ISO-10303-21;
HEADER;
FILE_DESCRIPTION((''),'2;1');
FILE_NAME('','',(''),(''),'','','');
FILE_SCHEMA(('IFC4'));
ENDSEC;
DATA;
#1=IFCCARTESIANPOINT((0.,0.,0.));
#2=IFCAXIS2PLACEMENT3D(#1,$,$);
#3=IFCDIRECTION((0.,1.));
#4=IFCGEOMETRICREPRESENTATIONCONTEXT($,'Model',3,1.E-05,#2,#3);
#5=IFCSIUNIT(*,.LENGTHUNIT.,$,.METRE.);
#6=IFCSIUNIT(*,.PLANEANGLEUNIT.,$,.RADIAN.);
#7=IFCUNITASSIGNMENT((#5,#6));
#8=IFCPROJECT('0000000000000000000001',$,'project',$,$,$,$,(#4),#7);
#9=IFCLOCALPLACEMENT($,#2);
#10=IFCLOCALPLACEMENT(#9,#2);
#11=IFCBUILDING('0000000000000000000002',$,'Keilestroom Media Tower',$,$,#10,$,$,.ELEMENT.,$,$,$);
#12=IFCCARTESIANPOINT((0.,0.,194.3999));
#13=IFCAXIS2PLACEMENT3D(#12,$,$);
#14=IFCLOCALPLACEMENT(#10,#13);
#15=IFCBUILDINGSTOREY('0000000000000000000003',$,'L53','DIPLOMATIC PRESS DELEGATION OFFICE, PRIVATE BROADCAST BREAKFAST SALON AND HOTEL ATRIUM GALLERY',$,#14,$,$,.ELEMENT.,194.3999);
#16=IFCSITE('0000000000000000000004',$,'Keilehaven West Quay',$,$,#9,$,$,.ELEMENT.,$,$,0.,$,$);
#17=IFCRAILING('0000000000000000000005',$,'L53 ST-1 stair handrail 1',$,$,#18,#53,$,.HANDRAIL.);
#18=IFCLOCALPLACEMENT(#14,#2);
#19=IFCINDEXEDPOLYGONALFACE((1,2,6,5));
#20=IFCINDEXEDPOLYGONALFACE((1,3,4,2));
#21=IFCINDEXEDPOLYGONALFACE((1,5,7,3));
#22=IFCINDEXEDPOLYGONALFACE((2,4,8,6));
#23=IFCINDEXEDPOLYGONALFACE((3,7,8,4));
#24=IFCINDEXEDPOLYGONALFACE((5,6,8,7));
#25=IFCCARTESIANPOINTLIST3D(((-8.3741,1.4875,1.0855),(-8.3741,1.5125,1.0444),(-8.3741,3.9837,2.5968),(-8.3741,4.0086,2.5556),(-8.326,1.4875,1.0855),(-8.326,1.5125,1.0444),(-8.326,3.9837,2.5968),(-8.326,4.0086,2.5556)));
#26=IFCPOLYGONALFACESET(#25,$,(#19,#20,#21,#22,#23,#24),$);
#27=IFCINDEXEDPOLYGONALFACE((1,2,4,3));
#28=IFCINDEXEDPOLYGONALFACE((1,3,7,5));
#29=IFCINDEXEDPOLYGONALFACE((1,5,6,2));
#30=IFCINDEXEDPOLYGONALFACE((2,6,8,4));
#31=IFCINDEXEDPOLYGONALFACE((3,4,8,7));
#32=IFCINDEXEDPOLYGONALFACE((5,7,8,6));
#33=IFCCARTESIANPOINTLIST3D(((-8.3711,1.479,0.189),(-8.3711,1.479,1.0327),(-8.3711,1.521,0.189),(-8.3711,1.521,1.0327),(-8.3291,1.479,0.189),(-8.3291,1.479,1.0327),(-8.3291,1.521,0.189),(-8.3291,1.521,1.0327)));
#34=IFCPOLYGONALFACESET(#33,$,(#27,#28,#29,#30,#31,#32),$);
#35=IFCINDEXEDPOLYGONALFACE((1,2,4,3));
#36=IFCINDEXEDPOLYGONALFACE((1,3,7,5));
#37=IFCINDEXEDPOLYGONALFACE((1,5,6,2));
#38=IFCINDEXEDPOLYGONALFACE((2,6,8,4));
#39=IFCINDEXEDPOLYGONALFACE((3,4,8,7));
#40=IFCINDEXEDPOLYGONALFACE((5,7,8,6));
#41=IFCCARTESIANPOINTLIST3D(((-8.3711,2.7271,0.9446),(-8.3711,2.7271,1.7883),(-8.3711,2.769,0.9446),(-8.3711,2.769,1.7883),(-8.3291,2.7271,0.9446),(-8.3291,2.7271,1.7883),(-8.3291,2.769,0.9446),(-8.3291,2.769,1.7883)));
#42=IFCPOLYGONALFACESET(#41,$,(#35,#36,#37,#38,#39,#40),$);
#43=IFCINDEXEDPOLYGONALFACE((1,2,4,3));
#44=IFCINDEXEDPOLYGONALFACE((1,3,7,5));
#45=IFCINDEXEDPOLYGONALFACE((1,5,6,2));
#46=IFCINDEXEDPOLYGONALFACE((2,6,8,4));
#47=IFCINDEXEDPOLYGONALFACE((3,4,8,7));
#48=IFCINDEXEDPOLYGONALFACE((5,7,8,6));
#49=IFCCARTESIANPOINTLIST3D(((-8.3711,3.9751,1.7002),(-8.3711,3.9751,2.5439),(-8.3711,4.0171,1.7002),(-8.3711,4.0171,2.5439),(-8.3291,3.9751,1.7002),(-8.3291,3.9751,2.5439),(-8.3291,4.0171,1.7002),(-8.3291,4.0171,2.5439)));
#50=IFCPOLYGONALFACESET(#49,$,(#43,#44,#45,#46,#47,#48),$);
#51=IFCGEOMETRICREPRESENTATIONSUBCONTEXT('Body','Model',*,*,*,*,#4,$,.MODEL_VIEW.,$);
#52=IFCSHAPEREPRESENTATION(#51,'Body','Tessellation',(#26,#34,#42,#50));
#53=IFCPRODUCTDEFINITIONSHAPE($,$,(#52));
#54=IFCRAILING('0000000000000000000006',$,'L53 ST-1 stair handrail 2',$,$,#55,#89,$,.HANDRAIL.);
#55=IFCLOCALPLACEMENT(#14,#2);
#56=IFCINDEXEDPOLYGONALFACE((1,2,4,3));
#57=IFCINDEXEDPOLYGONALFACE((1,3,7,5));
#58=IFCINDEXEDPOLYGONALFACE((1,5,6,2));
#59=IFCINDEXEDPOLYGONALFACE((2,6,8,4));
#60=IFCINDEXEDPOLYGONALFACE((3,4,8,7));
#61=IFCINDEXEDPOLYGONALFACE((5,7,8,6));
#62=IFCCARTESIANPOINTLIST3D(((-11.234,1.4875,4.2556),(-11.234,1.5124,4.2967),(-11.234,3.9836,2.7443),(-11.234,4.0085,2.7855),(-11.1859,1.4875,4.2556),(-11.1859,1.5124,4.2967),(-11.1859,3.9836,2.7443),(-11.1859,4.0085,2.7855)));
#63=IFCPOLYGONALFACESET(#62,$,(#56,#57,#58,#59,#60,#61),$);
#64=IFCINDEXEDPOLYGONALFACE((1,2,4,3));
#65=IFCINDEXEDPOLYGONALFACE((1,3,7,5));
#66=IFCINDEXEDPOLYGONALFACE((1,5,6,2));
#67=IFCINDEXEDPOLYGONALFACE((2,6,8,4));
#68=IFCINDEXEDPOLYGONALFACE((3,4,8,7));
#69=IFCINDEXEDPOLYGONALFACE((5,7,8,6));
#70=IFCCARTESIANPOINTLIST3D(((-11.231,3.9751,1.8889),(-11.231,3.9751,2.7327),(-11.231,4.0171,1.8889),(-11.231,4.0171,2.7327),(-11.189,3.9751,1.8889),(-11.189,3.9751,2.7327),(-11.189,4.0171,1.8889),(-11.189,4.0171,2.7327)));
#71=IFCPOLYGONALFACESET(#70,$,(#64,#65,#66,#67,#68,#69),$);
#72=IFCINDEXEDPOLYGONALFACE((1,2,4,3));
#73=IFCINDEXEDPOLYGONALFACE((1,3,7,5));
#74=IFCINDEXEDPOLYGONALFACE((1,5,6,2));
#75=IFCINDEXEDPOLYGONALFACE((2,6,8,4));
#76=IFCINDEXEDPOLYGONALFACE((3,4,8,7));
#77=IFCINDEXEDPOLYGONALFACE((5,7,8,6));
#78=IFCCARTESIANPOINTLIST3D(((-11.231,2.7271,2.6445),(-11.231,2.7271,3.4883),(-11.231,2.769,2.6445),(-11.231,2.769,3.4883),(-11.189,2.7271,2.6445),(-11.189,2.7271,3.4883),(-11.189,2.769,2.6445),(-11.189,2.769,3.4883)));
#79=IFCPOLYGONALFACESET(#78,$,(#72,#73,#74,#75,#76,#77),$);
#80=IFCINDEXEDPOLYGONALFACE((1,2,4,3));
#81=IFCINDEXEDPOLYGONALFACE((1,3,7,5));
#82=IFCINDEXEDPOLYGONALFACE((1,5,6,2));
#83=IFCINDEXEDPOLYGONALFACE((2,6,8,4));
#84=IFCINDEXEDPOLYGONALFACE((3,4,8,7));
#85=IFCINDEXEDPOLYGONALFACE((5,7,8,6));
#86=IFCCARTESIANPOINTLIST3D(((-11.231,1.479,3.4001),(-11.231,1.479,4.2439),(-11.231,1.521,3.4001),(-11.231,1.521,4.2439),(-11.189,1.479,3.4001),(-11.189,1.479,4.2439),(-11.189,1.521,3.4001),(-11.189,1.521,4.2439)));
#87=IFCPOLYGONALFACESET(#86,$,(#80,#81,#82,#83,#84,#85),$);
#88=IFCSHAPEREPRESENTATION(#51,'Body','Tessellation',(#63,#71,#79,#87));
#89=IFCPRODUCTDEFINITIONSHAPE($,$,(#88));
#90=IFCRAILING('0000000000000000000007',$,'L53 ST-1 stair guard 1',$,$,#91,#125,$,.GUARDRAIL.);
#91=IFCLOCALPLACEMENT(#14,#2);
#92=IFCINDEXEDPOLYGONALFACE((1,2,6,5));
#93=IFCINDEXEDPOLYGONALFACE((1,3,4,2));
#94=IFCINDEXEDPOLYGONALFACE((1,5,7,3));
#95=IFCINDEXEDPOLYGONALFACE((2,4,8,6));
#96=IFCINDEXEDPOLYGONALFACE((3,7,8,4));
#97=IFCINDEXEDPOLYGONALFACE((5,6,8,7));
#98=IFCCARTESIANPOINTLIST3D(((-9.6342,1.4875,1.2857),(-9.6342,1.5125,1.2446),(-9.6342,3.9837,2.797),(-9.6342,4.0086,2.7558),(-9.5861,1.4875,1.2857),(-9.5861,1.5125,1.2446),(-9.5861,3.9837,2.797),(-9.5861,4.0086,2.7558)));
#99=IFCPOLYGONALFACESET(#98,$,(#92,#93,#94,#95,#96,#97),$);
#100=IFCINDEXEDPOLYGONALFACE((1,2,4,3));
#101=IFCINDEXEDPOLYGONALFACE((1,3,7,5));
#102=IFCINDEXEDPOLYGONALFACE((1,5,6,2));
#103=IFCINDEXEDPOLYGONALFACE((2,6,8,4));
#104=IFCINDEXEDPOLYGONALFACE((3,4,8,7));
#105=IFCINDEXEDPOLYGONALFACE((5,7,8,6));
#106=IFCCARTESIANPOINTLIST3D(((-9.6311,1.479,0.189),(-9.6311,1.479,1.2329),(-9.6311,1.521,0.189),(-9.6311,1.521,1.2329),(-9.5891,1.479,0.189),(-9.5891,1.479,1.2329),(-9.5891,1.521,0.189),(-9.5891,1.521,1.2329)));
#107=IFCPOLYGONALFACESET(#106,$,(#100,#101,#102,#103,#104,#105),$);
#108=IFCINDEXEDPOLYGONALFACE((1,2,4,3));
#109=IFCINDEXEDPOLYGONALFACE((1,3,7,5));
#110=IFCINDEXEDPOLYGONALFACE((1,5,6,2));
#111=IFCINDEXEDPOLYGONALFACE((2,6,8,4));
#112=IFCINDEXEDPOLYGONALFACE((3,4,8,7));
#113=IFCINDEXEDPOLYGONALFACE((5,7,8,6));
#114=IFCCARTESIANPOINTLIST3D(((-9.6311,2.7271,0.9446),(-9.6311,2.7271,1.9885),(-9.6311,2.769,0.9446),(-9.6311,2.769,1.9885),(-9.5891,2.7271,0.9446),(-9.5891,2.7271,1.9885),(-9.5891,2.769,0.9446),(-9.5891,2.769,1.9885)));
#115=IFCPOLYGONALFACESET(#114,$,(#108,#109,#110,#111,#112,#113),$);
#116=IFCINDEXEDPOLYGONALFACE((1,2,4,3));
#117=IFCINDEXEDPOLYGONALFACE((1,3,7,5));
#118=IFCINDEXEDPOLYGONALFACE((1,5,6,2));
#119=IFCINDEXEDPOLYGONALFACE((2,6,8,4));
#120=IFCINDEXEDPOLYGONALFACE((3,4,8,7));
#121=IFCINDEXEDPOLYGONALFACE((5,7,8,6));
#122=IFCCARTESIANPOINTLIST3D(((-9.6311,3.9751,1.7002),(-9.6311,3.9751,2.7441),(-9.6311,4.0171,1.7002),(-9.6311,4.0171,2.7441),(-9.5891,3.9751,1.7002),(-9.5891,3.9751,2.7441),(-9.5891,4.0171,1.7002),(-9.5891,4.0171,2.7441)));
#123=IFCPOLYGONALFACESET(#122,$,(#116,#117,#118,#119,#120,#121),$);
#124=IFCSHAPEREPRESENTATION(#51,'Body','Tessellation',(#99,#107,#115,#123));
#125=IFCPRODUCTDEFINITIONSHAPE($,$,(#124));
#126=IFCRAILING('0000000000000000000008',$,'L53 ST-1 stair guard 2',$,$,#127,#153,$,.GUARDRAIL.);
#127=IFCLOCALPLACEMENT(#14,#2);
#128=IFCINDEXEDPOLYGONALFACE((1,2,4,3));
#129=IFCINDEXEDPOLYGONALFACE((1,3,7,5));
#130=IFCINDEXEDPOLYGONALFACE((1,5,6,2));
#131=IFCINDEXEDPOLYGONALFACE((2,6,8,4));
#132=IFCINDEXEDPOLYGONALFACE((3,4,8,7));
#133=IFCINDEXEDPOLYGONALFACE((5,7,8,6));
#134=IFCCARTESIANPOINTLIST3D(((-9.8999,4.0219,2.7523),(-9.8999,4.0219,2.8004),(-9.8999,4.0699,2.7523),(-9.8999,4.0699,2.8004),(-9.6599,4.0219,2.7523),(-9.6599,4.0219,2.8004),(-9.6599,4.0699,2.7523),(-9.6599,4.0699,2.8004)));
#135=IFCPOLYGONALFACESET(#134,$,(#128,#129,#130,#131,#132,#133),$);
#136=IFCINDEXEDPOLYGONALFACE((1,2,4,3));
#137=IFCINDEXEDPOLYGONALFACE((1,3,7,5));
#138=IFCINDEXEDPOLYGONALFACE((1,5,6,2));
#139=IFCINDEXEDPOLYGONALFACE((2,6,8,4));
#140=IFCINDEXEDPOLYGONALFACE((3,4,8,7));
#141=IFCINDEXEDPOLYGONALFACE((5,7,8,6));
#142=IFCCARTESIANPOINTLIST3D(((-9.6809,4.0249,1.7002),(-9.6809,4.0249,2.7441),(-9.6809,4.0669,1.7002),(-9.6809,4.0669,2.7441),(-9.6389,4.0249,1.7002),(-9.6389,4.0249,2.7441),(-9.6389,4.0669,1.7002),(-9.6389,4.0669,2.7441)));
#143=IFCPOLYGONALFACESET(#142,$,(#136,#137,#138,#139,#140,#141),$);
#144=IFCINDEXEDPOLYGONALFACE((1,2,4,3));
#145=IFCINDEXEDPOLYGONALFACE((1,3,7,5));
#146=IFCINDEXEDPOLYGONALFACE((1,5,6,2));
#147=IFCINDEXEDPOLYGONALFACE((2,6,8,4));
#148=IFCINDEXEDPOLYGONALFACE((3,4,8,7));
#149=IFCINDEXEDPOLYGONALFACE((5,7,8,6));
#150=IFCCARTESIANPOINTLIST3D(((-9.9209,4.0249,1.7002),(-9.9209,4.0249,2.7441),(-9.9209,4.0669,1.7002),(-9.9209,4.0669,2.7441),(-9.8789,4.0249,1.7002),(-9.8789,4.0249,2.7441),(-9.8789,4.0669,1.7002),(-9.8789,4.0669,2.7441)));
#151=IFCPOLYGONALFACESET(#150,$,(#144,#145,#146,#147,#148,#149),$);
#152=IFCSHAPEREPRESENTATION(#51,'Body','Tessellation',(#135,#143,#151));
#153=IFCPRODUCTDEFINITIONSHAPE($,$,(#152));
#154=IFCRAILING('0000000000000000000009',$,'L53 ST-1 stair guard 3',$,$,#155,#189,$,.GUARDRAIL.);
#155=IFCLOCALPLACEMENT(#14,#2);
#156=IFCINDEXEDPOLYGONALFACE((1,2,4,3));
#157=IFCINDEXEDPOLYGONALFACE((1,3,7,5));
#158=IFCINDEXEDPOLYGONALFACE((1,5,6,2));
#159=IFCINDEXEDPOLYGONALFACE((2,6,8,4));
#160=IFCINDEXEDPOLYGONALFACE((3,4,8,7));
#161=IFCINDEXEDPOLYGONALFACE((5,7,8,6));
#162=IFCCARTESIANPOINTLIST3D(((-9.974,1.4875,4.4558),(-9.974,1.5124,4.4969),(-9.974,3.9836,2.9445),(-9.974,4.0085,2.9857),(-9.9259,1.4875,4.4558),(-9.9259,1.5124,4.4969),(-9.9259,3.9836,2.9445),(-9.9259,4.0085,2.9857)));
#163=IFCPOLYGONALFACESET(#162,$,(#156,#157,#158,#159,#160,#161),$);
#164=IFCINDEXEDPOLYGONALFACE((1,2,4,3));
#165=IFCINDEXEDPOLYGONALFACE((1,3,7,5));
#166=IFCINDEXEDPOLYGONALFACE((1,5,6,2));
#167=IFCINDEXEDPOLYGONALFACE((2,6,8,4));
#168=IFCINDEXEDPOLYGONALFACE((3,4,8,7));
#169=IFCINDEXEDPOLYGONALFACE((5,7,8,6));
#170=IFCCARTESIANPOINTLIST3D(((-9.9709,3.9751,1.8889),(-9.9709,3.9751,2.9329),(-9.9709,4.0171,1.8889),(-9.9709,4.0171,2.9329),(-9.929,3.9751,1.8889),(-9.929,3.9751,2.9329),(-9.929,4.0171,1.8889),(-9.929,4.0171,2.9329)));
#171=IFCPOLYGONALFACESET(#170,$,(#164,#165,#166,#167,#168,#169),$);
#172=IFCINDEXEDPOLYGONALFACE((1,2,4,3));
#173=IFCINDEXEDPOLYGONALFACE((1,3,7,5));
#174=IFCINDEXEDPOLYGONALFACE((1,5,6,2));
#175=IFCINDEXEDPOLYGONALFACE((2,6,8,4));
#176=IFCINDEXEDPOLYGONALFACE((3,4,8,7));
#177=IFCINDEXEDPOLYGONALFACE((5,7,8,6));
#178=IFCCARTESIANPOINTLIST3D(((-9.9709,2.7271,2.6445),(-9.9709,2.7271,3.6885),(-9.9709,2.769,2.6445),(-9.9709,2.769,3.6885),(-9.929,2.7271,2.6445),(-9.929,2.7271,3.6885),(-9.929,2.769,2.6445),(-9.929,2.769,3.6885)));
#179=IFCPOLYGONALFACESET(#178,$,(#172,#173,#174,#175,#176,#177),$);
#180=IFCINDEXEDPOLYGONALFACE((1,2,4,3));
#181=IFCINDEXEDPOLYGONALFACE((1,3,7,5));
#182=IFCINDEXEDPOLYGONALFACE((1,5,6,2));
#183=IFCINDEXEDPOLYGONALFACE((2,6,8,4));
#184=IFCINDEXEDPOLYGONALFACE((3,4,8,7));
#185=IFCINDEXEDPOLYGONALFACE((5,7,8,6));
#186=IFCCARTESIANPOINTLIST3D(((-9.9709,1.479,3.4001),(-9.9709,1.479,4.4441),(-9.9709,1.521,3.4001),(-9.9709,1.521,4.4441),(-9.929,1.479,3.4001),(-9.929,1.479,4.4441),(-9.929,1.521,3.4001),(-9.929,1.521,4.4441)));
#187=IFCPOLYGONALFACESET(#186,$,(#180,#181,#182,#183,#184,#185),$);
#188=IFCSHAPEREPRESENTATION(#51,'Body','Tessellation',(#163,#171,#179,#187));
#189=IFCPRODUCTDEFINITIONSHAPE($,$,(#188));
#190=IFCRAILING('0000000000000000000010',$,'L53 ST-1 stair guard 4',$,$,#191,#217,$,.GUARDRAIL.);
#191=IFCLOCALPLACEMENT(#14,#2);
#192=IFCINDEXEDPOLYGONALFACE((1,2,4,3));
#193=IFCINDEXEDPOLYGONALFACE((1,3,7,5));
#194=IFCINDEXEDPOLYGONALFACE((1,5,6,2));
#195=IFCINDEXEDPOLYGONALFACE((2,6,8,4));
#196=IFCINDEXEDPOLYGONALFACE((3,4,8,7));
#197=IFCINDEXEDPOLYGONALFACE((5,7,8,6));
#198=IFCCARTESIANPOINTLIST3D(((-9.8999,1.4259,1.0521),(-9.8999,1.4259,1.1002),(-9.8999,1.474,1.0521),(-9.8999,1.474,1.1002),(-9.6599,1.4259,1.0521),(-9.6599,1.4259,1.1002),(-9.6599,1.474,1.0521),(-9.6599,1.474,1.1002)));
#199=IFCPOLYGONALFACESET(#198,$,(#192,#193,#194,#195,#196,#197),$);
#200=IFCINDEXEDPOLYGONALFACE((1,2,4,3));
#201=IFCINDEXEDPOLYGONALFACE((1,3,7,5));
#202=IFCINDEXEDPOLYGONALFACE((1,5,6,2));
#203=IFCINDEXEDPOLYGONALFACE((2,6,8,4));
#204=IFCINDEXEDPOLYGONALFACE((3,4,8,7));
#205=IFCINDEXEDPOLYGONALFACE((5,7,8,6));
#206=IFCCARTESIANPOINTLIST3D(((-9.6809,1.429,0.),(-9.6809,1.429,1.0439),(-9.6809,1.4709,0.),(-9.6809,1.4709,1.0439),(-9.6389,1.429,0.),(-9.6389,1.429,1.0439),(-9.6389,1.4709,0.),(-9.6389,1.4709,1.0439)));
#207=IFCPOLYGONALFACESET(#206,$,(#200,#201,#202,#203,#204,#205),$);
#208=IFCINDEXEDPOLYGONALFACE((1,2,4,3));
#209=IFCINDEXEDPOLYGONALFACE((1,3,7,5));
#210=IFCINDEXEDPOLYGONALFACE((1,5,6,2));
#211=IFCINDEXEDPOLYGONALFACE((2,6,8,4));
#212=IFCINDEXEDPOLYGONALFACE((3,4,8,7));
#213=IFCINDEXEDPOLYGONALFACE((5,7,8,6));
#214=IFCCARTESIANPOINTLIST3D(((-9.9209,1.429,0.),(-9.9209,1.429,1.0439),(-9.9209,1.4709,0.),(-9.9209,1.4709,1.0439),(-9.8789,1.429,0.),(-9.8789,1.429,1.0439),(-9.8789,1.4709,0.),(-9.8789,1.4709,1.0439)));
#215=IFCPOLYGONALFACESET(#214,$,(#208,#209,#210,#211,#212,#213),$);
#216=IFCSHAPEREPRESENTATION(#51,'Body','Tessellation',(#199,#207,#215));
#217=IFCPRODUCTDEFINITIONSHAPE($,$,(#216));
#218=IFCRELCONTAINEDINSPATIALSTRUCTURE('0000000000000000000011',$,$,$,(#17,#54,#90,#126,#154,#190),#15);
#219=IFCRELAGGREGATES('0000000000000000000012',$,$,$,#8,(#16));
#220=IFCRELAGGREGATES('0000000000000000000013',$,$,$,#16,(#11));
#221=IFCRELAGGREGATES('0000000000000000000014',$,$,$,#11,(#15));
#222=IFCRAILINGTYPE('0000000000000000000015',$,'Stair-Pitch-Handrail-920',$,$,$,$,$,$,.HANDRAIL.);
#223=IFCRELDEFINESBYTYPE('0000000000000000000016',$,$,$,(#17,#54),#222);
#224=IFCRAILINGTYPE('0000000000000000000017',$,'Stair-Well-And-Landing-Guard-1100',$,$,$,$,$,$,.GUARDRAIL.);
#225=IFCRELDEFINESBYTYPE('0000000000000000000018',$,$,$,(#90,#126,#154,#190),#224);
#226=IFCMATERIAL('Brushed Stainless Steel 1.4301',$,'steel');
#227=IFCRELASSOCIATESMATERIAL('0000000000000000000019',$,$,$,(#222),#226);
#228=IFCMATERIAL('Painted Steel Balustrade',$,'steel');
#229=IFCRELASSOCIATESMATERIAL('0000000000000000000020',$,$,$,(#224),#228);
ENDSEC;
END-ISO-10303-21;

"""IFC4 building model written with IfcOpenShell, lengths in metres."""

from ifc_helpers import new_model, si_unit, direction, frame, origin, origin_2d, place, context, subcontext, project, spatial, rectangle, extrude, material, type_object, element, save


model = new_model("IFC4")

# Units and contexts
model_context = context("Model", 3, precision=1e-05, world=origin(), true_north=direction((0.0, 1.0)))
body_context = subcontext(model_context, "Body", "Model", "MODEL_VIEW")
ifc_project = project(units=[si_unit("LENGTHUNIT", "METRE"), si_unit("PLANEANGLEUNIT", "RADIAN")], contexts=[model_context])

# Site, building, storey
site_placement = place(None, origin())
site = spatial("IfcSite", under=ifc_project, at=site_placement, Name="Keilehaven West Quay", CompositionType="ELEMENT", RefElevation=0.0)
building_placement = place(site_placement, origin())
building = spatial("IfcBuilding", under=site, at=building_placement, Name="Keilestroom Media Tower", CompositionType="ELEMENT")
storey_placement = place(building_placement, frame((0.0, 0.0, 194.3999)))
storey = spatial("IfcBuildingStorey", under=building, at=storey_placement, Name="L53", Description="DIPLOMATIC PRESS DELEGATION OFFICE, PRIVATE BROADCAST BREAKFAST SALON AND HOTEL ATRIUM GALLERY", CompositionType="ELEMENT", Elevation=194.3999)

# Railings
ifc_material_1 = material(Name="Brushed Stainless Steel 1.4301", Category="steel")
railing_type_1 = type_object("IfcRailingType", Name="Stair-Pitch-Handrail-920", PredefinedType="HANDRAIL", material=ifc_material_1)
railing_1_placement = place(storey_placement, frame((-8.3501, 1.5, 0.189)))
element("IfcRailing", 1, at=railing_1_placement, inside=storey, type_object=railing_type_1, Name="L53 ST-1 stair handrail 1", PredefinedType="HANDRAIL", context=body_context, shape_type="SweptSolid", body=[
    extrude(rectangle(XDim=0.0481, YDim=0.0481, at=origin_2d()), frame((0.0, 0.0, 0.876), z_axis=(0.0, 0.855434, 0.517912), x_axis=(-1.0, 0.0, 0.0)), (0.0, 0.0, 1.0), 2.918),
    extrude(rectangle(XDim=0.042, YDim=0.042, at=origin_2d()), origin(), (0.0, 0.0, 1.0), 0.8438),
    extrude(rectangle(XDim=0.042, YDim=0.042, at=origin_2d()), frame((0.0, 1.248, 0.7556)), (0.0, 0.0, 1.0), 0.8438),
    extrude(rectangle(XDim=0.042, YDim=0.042, at=origin_2d()), frame((0.0, 2.4961, 1.5112)), (0.0, 0.0, 1.0), 0.8438),
])
railing_2_placement = place(storey_placement, frame((-11.21, 3.9961, 1.8889)))
element("IfcRailing", 2, at=railing_2_placement, inside=storey, type_object=railing_type_1, Name="L53 ST-1 stair handrail 2", PredefinedType="HANDRAIL", context=body_context, shape_type="SweptSolid", body=[
    extrude(rectangle(XDim=0.0481, YDim=0.0481, at=origin_2d()), frame((0.0, 0.0, 0.876), z_axis=(0.0, -0.855434, 0.517912), x_axis=(1.0, 0.0, 0.0)), (0.0, 0.0, 1.0), 2.918),
    extrude(rectangle(XDim=0.042, YDim=0.042, at=origin_2d()), origin(), (0.0, 0.0, 1.0), 0.8438),
    extrude(rectangle(XDim=0.042, YDim=0.042, at=origin_2d()), frame((0.0, -1.248, 0.7556)), (0.0, 0.0, 1.0), 0.8438),
    extrude(rectangle(XDim=0.042, YDim=0.042, at=origin_2d()), frame((0.0, -2.4961, 1.5112)), (0.0, 0.0, 1.0), 0.8438),
])
ifc_material_2 = material(Name="Painted Steel Balustrade", Category="steel")
railing_type_2 = type_object("IfcRailingType", Name="Stair-Well-And-Landing-Guard-1100", PredefinedType="GUARDRAIL", material=ifc_material_2)
railing_3_placement = place(storey_placement, frame((-9.6101, 1.5, 0.189)))
element("IfcRailing", 3, at=railing_3_placement, inside=storey, type_object=railing_type_2, Name="L53 ST-1 stair guard 1", PredefinedType="GUARDRAIL", context=body_context, shape_type="SweptSolid", body=[
    extrude(rectangle(XDim=0.0481, YDim=0.0481, at=origin_2d()), frame((0.0, 0.0, 1.0762), z_axis=(0.0, 0.855434, 0.517912), x_axis=(-1.0, 0.0, 0.0)), (0.0, 0.0, 1.0), 2.918),
    extrude(rectangle(XDim=0.042, YDim=0.042, at=origin_2d()), origin(), (0.0, 0.0, 1.0), 1.0439),
    extrude(rectangle(XDim=0.042, YDim=0.042, at=origin_2d()), frame((0.0, 1.248, 0.7556)), (0.0, 0.0, 1.0), 1.0439),
    extrude(rectangle(XDim=0.042, YDim=0.042, at=origin_2d()), frame((0.0, 2.4961, 1.5112)), (0.0, 0.0, 1.0), 1.0439),
])
railing_4_placement = place(storey_placement, frame((-9.6599, 4.0459, 1.7002)))
element("IfcRailing", 4, at=railing_4_placement, inside=storey, type_object=railing_type_2, Name="L53 ST-1 stair guard 2", PredefinedType="GUARDRAIL", context=body_context, shape_type="SweptSolid", body=[
    extrude(rectangle(XDim=0.0481, YDim=0.0481, at=origin_2d()), frame((0.0, 0.0, 1.0762), z_axis=(-1.0, 0.0, 0.0), x_axis=(0.0, -1.0, 0.0)), (0.0, 0.0, 1.0), 0.24),
    extrude(rectangle(XDim=0.042, YDim=0.042, at=origin_2d()), origin(), (0.0, 0.0, 1.0), 1.0439),
    extrude(rectangle(XDim=0.042, YDim=0.042, at=origin_2d()), frame((-0.24, 0.0, 0.0)), (0.0, 0.0, 1.0), 1.0439),
])
railing_5_placement = place(storey_placement, frame((-9.95, 3.9961, 1.8889)))
element("IfcRailing", 5, at=railing_5_placement, inside=storey, type_object=railing_type_2, Name="L53 ST-1 stair guard 3", PredefinedType="GUARDRAIL", context=body_context, shape_type="SweptSolid", body=[
    extrude(rectangle(XDim=0.0481, YDim=0.0481, at=origin_2d()), frame((0.0, 0.0, 1.0762), z_axis=(0.0, -0.855434, 0.517912), x_axis=(1.0, 0.0, 0.0)), (0.0, 0.0, 1.0), 2.918),
    extrude(rectangle(XDim=0.042, YDim=0.042, at=origin_2d()), origin(), (0.0, 0.0, 1.0), 1.0439),
    extrude(rectangle(XDim=0.042, YDim=0.042, at=origin_2d()), frame((0.0, -1.248, 0.7556)), (0.0, 0.0, 1.0), 1.0439),
    extrude(rectangle(XDim=0.042, YDim=0.042, at=origin_2d()), frame((0.0, -2.4961, 1.5112)), (0.0, 0.0, 1.0), 1.0439),
])
railing_6_placement = place(storey_placement, frame((-9.6599, 1.45, 0.0)))
element("IfcRailing", 6, at=railing_6_placement, inside=storey, type_object=railing_type_2, Name="L53 ST-1 stair guard 4", PredefinedType="GUARDRAIL", context=body_context, shape_type="SweptSolid", body=[
    extrude(rectangle(XDim=0.0481, YDim=0.0481, at=origin_2d()), frame((0.0, 0.0, 1.0762), z_axis=(-1.0, 0.0, 0.0), x_axis=(0.0, -1.0, 0.0)), (0.0, 0.0, 1.0), 0.24),
    extrude(rectangle(XDim=0.042, YDim=0.042, at=origin_2d()), origin(), (0.0, 0.0, 1.0), 1.0439),
    extrude(rectangle(XDim=0.042, YDim=0.042, at=origin_2d()), frame((-0.24, 0.0, 0.0)), (0.0, 0.0, 1.0), 1.0439),
])

save(model, "model.ifc")
